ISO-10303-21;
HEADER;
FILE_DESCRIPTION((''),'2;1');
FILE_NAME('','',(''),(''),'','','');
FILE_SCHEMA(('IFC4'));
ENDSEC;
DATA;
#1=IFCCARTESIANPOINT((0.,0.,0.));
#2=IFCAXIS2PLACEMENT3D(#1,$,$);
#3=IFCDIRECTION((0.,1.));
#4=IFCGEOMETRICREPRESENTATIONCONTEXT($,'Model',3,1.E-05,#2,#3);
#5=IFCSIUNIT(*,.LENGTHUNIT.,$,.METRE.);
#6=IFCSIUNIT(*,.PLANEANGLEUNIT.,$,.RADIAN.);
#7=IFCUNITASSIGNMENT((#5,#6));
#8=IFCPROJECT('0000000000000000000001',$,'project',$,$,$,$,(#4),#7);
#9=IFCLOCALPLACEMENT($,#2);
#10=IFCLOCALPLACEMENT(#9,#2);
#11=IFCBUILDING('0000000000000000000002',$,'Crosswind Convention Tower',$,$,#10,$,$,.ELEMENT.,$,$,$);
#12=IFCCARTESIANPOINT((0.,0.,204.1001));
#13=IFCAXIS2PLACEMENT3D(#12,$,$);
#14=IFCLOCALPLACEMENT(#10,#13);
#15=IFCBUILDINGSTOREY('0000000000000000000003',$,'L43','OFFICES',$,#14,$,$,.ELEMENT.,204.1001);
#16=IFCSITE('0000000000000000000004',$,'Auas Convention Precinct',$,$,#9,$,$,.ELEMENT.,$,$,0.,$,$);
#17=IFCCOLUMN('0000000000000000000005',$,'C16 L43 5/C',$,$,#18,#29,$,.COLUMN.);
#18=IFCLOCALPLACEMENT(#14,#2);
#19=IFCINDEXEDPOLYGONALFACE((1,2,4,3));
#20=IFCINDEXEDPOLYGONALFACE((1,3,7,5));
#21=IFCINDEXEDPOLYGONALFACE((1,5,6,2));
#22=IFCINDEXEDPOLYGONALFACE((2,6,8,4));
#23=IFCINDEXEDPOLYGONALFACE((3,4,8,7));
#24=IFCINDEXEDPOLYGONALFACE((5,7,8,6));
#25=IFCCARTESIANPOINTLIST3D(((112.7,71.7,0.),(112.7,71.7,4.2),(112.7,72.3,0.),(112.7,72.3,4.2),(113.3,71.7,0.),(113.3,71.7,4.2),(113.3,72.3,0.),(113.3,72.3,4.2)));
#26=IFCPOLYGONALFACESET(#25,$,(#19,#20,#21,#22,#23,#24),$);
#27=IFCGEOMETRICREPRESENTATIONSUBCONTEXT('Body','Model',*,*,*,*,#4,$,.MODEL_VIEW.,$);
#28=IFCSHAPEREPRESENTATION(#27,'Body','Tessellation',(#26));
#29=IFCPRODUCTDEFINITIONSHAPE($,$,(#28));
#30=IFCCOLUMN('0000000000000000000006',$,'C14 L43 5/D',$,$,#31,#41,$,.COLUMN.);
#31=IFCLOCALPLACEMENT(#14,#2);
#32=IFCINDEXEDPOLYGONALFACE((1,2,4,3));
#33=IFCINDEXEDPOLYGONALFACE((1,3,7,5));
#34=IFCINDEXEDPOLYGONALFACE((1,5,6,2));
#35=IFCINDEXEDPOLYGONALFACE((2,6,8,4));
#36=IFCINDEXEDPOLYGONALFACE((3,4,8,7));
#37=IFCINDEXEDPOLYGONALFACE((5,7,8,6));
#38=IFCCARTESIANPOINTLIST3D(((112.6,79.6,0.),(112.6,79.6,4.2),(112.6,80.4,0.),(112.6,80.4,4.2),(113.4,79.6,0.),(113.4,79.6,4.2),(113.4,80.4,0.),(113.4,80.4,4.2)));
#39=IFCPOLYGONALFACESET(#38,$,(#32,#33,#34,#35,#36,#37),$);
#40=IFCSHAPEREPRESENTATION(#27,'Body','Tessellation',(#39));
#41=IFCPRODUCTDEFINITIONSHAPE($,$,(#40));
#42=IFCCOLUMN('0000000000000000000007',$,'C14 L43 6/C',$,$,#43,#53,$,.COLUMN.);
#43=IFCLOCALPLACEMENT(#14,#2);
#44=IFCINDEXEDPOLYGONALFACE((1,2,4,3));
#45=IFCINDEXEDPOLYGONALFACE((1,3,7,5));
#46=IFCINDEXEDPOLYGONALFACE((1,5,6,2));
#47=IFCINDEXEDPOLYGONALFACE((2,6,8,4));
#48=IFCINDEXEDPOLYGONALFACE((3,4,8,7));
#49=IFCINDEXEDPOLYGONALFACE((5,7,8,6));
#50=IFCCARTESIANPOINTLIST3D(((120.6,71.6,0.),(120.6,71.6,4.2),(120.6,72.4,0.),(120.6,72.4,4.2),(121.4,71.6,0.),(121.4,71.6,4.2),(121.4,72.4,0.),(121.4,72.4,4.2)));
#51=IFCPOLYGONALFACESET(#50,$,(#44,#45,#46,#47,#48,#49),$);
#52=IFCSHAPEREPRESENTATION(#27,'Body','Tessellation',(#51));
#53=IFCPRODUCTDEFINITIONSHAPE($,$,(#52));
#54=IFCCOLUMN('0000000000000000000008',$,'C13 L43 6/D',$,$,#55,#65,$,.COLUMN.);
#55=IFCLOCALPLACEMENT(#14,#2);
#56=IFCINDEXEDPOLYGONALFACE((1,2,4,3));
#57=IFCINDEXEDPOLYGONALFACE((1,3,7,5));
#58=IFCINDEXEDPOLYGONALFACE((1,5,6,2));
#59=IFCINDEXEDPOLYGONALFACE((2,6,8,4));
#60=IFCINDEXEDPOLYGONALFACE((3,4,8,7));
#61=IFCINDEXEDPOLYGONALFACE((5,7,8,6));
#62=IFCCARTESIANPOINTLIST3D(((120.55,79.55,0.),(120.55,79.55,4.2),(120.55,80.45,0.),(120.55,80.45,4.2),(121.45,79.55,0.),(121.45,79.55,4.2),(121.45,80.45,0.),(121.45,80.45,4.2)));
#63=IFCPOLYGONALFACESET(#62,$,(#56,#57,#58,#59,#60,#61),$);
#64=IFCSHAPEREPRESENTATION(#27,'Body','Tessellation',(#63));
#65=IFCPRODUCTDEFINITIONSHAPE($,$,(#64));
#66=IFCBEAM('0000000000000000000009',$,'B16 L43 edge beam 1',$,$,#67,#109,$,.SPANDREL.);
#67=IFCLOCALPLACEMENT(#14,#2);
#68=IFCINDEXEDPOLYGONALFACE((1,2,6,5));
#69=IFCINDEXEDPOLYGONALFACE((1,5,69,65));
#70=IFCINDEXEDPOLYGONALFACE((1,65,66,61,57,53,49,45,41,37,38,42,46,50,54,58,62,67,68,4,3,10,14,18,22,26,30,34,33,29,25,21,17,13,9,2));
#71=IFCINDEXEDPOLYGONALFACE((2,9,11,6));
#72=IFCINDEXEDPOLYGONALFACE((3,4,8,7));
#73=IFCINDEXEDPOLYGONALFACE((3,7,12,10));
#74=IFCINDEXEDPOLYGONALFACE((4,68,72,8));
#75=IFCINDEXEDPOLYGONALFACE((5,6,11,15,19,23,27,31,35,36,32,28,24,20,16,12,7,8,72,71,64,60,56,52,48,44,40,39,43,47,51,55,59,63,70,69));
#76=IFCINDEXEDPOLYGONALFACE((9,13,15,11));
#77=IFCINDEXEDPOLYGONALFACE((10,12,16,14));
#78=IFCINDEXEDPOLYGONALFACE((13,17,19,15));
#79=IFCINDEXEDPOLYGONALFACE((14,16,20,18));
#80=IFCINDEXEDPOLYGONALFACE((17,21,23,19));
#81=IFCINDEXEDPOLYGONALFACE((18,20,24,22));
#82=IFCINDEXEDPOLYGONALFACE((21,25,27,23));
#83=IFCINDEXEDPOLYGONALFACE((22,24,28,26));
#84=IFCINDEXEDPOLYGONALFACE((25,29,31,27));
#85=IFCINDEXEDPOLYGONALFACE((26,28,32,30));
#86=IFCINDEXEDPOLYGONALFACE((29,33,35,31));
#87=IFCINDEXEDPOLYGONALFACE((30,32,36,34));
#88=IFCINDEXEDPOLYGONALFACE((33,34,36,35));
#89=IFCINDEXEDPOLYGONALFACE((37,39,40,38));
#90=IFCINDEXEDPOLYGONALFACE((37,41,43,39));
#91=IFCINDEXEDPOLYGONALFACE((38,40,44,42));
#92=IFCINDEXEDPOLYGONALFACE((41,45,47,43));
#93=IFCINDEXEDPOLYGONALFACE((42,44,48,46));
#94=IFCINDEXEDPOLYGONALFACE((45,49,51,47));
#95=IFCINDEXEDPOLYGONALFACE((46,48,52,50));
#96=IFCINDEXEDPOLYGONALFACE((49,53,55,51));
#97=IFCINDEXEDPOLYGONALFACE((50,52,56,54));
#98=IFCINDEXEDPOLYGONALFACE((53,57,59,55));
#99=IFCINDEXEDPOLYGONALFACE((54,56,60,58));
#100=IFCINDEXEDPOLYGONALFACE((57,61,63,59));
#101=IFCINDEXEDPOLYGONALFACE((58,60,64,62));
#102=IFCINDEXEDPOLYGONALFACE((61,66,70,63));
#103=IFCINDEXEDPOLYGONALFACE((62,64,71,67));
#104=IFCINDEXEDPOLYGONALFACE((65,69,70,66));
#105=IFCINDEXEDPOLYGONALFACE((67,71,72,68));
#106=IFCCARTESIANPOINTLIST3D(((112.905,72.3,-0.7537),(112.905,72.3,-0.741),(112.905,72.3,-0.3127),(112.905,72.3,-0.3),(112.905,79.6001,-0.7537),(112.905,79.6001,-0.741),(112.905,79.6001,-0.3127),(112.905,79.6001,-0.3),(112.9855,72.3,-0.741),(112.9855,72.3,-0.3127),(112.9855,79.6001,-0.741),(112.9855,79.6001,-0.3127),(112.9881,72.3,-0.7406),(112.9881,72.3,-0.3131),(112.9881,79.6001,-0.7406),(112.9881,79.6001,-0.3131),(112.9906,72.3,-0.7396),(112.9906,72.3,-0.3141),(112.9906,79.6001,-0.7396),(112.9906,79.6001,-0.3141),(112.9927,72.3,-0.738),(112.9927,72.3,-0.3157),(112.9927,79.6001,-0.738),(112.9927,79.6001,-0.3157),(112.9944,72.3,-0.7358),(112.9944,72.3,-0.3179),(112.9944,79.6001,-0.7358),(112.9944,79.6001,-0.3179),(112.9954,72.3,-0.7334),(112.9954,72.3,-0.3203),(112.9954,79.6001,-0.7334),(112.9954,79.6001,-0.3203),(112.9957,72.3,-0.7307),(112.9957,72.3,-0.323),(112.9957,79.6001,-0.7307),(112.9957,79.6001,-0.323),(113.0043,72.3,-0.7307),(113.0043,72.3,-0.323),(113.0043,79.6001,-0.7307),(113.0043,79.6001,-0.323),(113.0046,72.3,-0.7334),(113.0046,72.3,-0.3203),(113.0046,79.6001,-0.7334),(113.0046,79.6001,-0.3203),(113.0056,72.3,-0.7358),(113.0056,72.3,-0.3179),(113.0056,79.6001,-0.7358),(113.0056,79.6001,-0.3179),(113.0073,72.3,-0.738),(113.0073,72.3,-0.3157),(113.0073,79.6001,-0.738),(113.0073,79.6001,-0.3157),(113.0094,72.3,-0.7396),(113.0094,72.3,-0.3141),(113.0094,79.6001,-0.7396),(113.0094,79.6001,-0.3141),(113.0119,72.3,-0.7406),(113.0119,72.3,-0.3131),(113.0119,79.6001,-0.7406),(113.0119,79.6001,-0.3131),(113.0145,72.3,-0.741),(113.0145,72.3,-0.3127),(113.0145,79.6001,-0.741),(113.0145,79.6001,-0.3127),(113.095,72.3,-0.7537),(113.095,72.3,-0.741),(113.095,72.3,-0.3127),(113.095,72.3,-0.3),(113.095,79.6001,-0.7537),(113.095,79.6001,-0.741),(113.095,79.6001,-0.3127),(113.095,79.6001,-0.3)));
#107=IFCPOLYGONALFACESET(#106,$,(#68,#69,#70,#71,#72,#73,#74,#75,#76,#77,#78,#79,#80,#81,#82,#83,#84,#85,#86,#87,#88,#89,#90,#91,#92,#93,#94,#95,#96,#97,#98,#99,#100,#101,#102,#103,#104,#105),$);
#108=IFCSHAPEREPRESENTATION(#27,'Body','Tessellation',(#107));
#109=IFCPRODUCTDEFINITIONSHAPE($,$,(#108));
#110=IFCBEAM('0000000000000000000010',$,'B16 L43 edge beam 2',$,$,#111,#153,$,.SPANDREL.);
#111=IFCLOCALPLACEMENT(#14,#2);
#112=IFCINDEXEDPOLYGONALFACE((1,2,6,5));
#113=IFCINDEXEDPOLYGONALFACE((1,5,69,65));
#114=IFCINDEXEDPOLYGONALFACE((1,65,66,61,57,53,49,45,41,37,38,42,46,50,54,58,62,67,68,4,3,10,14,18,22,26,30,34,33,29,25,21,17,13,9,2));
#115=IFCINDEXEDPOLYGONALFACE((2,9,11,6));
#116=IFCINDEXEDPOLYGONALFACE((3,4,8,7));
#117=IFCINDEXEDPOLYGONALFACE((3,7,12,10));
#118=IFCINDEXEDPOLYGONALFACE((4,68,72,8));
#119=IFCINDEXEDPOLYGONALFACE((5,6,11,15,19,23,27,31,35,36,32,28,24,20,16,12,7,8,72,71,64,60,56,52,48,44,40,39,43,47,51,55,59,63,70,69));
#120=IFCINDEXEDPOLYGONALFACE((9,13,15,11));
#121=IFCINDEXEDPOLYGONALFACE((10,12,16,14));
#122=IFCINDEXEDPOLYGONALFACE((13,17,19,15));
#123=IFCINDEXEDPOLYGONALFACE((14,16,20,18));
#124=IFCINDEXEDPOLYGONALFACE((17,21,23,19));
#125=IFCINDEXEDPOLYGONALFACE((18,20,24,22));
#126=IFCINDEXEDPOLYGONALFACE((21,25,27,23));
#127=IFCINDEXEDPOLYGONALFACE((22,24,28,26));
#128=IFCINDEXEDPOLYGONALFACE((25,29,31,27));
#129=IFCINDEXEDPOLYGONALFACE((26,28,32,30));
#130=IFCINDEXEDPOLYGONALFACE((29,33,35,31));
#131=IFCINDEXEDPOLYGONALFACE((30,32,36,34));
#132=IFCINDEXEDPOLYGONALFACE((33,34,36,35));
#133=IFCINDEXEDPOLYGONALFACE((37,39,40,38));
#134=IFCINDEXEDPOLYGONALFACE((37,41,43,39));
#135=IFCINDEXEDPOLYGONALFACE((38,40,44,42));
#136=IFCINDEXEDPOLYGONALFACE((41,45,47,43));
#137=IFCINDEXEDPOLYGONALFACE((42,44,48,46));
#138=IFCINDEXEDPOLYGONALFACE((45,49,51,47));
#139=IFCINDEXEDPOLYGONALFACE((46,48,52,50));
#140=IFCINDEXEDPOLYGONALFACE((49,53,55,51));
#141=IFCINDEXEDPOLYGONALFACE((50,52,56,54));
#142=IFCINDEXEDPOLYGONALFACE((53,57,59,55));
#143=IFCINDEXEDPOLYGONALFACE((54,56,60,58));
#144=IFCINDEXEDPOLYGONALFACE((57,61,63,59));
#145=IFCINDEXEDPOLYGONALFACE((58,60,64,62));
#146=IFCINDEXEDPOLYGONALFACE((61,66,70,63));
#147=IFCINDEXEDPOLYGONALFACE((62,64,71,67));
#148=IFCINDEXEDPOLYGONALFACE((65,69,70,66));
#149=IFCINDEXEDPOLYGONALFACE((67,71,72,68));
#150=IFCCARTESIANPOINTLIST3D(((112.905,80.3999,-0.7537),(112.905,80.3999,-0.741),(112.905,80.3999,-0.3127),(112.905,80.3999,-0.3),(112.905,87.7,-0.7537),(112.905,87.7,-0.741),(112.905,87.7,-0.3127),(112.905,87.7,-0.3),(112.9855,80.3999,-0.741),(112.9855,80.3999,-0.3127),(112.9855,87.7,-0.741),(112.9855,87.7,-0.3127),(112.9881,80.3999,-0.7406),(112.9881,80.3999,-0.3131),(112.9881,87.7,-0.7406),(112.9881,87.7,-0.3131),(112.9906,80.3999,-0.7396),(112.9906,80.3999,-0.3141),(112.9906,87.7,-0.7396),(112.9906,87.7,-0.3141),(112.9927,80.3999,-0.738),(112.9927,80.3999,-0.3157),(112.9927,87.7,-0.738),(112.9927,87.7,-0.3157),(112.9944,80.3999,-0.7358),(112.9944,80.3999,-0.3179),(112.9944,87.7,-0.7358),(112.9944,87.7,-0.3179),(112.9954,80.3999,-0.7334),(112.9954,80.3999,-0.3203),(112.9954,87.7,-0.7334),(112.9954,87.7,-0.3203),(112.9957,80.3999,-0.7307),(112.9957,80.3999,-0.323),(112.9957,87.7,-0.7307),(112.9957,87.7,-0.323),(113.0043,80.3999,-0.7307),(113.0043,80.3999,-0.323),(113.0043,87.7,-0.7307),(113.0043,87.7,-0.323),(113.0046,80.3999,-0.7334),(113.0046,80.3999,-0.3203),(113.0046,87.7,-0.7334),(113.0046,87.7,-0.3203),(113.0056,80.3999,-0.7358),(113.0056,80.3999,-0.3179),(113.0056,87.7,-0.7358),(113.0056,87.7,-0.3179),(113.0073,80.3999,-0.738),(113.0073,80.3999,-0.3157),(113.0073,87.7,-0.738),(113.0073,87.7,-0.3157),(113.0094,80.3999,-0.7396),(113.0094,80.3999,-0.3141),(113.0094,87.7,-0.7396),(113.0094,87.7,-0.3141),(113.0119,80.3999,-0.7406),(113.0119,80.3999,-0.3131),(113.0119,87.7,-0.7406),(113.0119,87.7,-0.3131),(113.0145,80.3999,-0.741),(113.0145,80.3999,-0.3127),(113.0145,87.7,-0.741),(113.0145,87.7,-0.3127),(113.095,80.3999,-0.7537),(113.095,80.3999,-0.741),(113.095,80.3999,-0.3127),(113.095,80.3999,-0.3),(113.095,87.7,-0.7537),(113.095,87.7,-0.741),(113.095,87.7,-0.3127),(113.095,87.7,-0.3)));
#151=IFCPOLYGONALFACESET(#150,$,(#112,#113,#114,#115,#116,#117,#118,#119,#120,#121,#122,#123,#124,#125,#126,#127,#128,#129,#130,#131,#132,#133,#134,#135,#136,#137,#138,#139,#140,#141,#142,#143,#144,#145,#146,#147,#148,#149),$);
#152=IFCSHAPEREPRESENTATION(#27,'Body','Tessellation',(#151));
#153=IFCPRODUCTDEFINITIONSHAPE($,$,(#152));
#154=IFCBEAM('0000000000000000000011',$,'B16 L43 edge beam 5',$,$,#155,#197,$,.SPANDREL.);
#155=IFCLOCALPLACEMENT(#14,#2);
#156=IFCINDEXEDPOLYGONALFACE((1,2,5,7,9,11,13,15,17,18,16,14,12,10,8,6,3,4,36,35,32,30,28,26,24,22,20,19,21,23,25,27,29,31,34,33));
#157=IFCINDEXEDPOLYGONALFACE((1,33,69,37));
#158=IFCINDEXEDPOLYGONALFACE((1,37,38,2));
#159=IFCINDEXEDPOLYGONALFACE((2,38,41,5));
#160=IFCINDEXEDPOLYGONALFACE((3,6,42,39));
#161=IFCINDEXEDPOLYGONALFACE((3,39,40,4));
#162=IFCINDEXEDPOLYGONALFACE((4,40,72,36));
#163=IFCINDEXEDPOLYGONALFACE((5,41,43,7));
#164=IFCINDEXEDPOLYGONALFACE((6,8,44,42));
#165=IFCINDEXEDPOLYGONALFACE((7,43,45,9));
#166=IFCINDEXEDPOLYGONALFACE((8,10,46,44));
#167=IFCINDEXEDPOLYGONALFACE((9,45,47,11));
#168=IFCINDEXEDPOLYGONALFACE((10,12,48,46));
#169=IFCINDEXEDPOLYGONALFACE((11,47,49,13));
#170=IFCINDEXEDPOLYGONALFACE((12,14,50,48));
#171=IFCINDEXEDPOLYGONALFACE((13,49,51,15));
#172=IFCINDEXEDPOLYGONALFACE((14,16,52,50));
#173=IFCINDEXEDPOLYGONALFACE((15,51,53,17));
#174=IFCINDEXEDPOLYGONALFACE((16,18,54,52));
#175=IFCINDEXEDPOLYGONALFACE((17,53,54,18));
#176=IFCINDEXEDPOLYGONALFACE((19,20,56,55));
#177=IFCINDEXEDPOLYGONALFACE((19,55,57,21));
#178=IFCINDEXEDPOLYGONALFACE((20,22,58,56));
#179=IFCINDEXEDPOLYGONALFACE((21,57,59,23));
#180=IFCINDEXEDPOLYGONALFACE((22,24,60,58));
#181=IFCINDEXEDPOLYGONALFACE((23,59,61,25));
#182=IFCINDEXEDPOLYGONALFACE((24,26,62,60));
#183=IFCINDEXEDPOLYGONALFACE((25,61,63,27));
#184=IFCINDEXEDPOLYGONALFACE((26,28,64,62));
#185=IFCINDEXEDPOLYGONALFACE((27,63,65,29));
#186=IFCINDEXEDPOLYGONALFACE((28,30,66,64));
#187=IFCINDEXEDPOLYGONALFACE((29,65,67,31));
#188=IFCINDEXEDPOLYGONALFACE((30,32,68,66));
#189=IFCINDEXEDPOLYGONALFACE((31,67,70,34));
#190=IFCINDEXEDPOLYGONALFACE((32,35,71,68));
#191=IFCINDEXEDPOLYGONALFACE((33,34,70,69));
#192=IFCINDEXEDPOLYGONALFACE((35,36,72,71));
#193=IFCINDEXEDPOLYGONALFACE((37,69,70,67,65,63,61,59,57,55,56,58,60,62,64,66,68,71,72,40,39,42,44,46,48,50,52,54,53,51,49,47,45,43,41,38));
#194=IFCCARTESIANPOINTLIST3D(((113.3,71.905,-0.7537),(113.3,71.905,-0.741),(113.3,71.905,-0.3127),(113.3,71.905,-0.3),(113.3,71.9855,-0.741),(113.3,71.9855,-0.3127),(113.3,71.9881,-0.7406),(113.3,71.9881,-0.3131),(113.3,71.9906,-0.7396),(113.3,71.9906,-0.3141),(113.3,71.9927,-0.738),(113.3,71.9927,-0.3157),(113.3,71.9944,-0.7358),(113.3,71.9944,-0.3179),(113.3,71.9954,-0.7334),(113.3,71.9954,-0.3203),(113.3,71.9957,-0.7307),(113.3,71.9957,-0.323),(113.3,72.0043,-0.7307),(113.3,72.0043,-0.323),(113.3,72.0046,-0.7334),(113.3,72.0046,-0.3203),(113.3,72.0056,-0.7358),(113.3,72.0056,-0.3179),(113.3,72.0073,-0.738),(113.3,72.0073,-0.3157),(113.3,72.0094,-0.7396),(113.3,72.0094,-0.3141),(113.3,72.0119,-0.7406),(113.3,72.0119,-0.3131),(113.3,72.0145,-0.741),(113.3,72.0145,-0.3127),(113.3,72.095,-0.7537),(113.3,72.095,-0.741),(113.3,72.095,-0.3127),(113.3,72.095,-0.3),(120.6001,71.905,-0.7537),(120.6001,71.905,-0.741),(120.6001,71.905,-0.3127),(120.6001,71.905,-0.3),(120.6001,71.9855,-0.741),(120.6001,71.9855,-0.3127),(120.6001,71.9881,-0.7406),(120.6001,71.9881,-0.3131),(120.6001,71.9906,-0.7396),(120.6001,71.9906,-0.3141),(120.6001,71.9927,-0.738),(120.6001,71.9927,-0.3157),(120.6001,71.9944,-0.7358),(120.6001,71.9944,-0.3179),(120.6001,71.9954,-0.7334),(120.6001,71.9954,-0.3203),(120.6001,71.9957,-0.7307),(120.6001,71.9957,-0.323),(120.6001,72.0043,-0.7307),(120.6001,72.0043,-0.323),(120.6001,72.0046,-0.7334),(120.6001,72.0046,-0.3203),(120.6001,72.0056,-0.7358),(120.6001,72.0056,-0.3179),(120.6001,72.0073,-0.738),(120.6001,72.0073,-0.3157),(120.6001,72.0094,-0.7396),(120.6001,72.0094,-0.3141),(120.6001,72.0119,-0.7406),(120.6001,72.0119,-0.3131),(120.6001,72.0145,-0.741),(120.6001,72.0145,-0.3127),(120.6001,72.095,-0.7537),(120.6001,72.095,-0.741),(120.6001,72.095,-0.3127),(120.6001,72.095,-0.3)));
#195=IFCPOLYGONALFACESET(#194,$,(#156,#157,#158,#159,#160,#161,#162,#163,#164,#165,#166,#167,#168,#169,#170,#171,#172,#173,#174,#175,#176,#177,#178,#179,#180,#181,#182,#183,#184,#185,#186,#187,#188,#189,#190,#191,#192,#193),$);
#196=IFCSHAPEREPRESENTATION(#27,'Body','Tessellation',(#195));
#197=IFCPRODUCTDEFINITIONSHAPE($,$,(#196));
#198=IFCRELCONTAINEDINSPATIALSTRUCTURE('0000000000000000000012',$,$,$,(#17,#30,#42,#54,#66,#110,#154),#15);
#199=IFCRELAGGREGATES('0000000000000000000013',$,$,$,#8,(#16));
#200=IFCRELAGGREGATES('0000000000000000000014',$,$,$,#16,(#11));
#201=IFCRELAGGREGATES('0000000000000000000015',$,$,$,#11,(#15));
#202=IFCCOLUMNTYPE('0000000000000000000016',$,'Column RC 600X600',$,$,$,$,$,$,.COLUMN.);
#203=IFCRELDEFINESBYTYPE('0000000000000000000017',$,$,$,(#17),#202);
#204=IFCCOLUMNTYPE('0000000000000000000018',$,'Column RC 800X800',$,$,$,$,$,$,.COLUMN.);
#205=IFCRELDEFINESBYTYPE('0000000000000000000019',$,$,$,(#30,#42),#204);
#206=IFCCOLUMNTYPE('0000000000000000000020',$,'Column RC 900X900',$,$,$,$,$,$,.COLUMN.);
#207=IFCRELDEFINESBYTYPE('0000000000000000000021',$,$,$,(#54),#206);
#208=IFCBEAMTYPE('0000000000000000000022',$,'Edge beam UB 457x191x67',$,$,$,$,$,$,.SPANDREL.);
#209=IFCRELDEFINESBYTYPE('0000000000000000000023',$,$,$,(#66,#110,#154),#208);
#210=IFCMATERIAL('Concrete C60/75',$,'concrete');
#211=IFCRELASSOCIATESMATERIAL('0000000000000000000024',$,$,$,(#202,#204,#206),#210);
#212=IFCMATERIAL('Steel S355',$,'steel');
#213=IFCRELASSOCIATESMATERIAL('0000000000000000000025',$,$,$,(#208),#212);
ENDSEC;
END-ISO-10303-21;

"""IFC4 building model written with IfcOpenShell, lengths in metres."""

from ifc_helpers import new_model, si_unit, direction, frame, origin, origin_2d, place, context, subcontext, project, spatial, rectangle, i_section, extrude, material, material_profile, profile_set, type_object, element, save


model = new_model("IFC4")

# Units and contexts
model_context = context("Model", 3, precision=1e-05, world=origin(), true_north=direction((0.0, 1.0)))
body_context = subcontext(model_context, "Body", "Model", "MODEL_VIEW")
ifc_project = project(units=[si_unit("LENGTHUNIT", "METRE"), si_unit("PLANEANGLEUNIT", "RADIAN")], contexts=[model_context])

# Site, building, storey
site_placement = place(None, origin())
site = spatial("IfcSite", under=ifc_project, at=site_placement, Name="Auas Convention Precinct", CompositionType="ELEMENT", RefElevation=0.0)
building_placement = place(site_placement, origin())
building = spatial("IfcBuilding", under=site, at=building_placement, Name="Crosswind Convention Tower", CompositionType="ELEMENT")
storey_placement = place(building_placement, frame((0.0, 0.0, 204.1001)))
storey = spatial("IfcBuildingStorey", under=building, at=storey_placement, Name="L43", Description="OFFICES", CompositionType="ELEMENT", Elevation=204.1001)

# Columns
ifc_material_1 = material(Name="Concrete C60/75", Category="concrete")
ifc_material_profile_1 = material_profile(ifc_material_1, rectangle(XDim=0.6001, YDim=0.6001, at=origin_2d()), Name="RC 600X600")
ifc_profile_set_1 = profile_set([ifc_material_profile_1], Name="Concrete C60/75")
column_type_1 = type_object("IfcColumnType", Name="Column RC 600X600", PredefinedType="COLUMN", material=ifc_profile_set_1)
column_1_placement = place(storey_placement, frame((113.0, 72.0, 0.0), z_axis=(0.0, 0.0, 1.0), x_axis=(1.0, 0.0, 0.0)))
element("IfcColumn", 1, at=column_1_placement, inside=storey, type_object=column_type_1, Name="C16 L43 5/C", PredefinedType="COLUMN", context=body_context, shape_type="SweptSolid", body=[
    extrude(rectangle(XDim=0.6001, YDim=0.6001, at=origin_2d()), origin(), (0.0, 0.0, 1.0), 4.2),
])
ifc_material_profile_2 = material_profile(ifc_material_1, rectangle(XDim=0.8, YDim=0.8, at=origin_2d()), Name="RC 800X800")
ifc_profile_set_2 = profile_set([ifc_material_profile_2], Name="Concrete C60/75")
column_type_2 = type_object("IfcColumnType", Name="Column RC 800X800", PredefinedType="COLUMN", material=ifc_profile_set_2)
for number, where, z_axis, x_axis, name in (
    (2, (113.0, 80.0, 0.0), (0.0, 0.0, 1.0), (1.0, 0.0, 0.0), "C14 L43 5/D"),
    (3, (121.0, 72.0, 0.0), (0.0, 0.0, 1.0), (1.0, 0.0, 0.0), "C14 L43 6/C"),
):
    element("IfcColumn", number, at=place(storey_placement, frame(where, z_axis=z_axis, x_axis=x_axis)), inside=storey, type_object=column_type_2, Name=name, PredefinedType="COLUMN", context=body_context, shape_type="SweptSolid", body=[
        extrude(rectangle(XDim=0.8, YDim=0.8, at=origin_2d()), origin(), (0.0, 0.0, 1.0), 4.2),
    ])
ifc_material_profile_3 = material_profile(ifc_material_1, rectangle(XDim=0.8999, YDim=0.8999, at=origin_2d()), Name="RC 900X900")
ifc_profile_set_3 = profile_set([ifc_material_profile_3], Name="Concrete C60/75")
column_type_3 = type_object("IfcColumnType", Name="Column RC 900X900", PredefinedType="COLUMN", material=ifc_profile_set_3)
column_2_placement = place(storey_placement, frame((121.0, 80.0, 0.0), z_axis=(0.0, 0.0, 1.0), x_axis=(1.0, 0.0, 0.0)))
element("IfcColumn", 4, at=column_2_placement, inside=storey, type_object=column_type_3, Name="C13 L43 6/D", PredefinedType="COLUMN", context=body_context, shape_type="SweptSolid", body=[
    extrude(rectangle(XDim=0.8999, YDim=0.8999, at=origin_2d()), origin(), (0.0, 0.0, 1.0), 4.2),
])

# Beams
ifc_material_2 = material(Name="Steel S355", Category="steel")
ifc_material_profile_4 = material_profile(ifc_material_2, i_section(OverallWidth=0.1899, OverallDepth=0.4536, WebThickness=0.0085, FlangeThickness=0.0127, FilletRadius=0.0103, at=origin_2d()), Name="UB 457x191x67")
ifc_profile_set_4 = profile_set([ifc_material_profile_4], Name="Steel S355")
beam_type_1 = type_object("IfcBeamType", Name="Edge beam UB 457x191x67", PredefinedType="SPANDREL", material=ifc_profile_set_4)
for number, where, z_axis, x_axis, name in (
    (5, (113.0, 72.3, -0.5269), (0.0, 1.0, 0.0), (-1.0, 0.0, 0.0), "B16 L43 edge beam 1"),
    (6, (113.0, 80.3999, -0.5269), (0.0, 1.0, 0.0), (-1.0, 0.0, 0.0), "B16 L43 edge beam 2"),
    (7, (113.3, 72.0, -0.5269), (1.0, 0.0, 0.0), (0.0, 1.0, 0.0), "B16 L43 edge beam 5"),
):
    element("IfcBeam", number, at=place(storey_placement, frame(where, z_axis=z_axis, x_axis=x_axis)), inside=storey, type_object=beam_type_1, Name=name, PredefinedType="SPANDREL", context=body_context, shape_type="SweptSolid", body=[
        extrude(i_section(OverallWidth=0.1899, OverallDepth=0.4536, WebThickness=0.0085, FlangeThickness=0.0127, FilletRadius=0.0103, at=origin_2d()), origin(), (0.0, 0.0, 1.0), 7.3),
    ])

save(model, "model.ifc")
